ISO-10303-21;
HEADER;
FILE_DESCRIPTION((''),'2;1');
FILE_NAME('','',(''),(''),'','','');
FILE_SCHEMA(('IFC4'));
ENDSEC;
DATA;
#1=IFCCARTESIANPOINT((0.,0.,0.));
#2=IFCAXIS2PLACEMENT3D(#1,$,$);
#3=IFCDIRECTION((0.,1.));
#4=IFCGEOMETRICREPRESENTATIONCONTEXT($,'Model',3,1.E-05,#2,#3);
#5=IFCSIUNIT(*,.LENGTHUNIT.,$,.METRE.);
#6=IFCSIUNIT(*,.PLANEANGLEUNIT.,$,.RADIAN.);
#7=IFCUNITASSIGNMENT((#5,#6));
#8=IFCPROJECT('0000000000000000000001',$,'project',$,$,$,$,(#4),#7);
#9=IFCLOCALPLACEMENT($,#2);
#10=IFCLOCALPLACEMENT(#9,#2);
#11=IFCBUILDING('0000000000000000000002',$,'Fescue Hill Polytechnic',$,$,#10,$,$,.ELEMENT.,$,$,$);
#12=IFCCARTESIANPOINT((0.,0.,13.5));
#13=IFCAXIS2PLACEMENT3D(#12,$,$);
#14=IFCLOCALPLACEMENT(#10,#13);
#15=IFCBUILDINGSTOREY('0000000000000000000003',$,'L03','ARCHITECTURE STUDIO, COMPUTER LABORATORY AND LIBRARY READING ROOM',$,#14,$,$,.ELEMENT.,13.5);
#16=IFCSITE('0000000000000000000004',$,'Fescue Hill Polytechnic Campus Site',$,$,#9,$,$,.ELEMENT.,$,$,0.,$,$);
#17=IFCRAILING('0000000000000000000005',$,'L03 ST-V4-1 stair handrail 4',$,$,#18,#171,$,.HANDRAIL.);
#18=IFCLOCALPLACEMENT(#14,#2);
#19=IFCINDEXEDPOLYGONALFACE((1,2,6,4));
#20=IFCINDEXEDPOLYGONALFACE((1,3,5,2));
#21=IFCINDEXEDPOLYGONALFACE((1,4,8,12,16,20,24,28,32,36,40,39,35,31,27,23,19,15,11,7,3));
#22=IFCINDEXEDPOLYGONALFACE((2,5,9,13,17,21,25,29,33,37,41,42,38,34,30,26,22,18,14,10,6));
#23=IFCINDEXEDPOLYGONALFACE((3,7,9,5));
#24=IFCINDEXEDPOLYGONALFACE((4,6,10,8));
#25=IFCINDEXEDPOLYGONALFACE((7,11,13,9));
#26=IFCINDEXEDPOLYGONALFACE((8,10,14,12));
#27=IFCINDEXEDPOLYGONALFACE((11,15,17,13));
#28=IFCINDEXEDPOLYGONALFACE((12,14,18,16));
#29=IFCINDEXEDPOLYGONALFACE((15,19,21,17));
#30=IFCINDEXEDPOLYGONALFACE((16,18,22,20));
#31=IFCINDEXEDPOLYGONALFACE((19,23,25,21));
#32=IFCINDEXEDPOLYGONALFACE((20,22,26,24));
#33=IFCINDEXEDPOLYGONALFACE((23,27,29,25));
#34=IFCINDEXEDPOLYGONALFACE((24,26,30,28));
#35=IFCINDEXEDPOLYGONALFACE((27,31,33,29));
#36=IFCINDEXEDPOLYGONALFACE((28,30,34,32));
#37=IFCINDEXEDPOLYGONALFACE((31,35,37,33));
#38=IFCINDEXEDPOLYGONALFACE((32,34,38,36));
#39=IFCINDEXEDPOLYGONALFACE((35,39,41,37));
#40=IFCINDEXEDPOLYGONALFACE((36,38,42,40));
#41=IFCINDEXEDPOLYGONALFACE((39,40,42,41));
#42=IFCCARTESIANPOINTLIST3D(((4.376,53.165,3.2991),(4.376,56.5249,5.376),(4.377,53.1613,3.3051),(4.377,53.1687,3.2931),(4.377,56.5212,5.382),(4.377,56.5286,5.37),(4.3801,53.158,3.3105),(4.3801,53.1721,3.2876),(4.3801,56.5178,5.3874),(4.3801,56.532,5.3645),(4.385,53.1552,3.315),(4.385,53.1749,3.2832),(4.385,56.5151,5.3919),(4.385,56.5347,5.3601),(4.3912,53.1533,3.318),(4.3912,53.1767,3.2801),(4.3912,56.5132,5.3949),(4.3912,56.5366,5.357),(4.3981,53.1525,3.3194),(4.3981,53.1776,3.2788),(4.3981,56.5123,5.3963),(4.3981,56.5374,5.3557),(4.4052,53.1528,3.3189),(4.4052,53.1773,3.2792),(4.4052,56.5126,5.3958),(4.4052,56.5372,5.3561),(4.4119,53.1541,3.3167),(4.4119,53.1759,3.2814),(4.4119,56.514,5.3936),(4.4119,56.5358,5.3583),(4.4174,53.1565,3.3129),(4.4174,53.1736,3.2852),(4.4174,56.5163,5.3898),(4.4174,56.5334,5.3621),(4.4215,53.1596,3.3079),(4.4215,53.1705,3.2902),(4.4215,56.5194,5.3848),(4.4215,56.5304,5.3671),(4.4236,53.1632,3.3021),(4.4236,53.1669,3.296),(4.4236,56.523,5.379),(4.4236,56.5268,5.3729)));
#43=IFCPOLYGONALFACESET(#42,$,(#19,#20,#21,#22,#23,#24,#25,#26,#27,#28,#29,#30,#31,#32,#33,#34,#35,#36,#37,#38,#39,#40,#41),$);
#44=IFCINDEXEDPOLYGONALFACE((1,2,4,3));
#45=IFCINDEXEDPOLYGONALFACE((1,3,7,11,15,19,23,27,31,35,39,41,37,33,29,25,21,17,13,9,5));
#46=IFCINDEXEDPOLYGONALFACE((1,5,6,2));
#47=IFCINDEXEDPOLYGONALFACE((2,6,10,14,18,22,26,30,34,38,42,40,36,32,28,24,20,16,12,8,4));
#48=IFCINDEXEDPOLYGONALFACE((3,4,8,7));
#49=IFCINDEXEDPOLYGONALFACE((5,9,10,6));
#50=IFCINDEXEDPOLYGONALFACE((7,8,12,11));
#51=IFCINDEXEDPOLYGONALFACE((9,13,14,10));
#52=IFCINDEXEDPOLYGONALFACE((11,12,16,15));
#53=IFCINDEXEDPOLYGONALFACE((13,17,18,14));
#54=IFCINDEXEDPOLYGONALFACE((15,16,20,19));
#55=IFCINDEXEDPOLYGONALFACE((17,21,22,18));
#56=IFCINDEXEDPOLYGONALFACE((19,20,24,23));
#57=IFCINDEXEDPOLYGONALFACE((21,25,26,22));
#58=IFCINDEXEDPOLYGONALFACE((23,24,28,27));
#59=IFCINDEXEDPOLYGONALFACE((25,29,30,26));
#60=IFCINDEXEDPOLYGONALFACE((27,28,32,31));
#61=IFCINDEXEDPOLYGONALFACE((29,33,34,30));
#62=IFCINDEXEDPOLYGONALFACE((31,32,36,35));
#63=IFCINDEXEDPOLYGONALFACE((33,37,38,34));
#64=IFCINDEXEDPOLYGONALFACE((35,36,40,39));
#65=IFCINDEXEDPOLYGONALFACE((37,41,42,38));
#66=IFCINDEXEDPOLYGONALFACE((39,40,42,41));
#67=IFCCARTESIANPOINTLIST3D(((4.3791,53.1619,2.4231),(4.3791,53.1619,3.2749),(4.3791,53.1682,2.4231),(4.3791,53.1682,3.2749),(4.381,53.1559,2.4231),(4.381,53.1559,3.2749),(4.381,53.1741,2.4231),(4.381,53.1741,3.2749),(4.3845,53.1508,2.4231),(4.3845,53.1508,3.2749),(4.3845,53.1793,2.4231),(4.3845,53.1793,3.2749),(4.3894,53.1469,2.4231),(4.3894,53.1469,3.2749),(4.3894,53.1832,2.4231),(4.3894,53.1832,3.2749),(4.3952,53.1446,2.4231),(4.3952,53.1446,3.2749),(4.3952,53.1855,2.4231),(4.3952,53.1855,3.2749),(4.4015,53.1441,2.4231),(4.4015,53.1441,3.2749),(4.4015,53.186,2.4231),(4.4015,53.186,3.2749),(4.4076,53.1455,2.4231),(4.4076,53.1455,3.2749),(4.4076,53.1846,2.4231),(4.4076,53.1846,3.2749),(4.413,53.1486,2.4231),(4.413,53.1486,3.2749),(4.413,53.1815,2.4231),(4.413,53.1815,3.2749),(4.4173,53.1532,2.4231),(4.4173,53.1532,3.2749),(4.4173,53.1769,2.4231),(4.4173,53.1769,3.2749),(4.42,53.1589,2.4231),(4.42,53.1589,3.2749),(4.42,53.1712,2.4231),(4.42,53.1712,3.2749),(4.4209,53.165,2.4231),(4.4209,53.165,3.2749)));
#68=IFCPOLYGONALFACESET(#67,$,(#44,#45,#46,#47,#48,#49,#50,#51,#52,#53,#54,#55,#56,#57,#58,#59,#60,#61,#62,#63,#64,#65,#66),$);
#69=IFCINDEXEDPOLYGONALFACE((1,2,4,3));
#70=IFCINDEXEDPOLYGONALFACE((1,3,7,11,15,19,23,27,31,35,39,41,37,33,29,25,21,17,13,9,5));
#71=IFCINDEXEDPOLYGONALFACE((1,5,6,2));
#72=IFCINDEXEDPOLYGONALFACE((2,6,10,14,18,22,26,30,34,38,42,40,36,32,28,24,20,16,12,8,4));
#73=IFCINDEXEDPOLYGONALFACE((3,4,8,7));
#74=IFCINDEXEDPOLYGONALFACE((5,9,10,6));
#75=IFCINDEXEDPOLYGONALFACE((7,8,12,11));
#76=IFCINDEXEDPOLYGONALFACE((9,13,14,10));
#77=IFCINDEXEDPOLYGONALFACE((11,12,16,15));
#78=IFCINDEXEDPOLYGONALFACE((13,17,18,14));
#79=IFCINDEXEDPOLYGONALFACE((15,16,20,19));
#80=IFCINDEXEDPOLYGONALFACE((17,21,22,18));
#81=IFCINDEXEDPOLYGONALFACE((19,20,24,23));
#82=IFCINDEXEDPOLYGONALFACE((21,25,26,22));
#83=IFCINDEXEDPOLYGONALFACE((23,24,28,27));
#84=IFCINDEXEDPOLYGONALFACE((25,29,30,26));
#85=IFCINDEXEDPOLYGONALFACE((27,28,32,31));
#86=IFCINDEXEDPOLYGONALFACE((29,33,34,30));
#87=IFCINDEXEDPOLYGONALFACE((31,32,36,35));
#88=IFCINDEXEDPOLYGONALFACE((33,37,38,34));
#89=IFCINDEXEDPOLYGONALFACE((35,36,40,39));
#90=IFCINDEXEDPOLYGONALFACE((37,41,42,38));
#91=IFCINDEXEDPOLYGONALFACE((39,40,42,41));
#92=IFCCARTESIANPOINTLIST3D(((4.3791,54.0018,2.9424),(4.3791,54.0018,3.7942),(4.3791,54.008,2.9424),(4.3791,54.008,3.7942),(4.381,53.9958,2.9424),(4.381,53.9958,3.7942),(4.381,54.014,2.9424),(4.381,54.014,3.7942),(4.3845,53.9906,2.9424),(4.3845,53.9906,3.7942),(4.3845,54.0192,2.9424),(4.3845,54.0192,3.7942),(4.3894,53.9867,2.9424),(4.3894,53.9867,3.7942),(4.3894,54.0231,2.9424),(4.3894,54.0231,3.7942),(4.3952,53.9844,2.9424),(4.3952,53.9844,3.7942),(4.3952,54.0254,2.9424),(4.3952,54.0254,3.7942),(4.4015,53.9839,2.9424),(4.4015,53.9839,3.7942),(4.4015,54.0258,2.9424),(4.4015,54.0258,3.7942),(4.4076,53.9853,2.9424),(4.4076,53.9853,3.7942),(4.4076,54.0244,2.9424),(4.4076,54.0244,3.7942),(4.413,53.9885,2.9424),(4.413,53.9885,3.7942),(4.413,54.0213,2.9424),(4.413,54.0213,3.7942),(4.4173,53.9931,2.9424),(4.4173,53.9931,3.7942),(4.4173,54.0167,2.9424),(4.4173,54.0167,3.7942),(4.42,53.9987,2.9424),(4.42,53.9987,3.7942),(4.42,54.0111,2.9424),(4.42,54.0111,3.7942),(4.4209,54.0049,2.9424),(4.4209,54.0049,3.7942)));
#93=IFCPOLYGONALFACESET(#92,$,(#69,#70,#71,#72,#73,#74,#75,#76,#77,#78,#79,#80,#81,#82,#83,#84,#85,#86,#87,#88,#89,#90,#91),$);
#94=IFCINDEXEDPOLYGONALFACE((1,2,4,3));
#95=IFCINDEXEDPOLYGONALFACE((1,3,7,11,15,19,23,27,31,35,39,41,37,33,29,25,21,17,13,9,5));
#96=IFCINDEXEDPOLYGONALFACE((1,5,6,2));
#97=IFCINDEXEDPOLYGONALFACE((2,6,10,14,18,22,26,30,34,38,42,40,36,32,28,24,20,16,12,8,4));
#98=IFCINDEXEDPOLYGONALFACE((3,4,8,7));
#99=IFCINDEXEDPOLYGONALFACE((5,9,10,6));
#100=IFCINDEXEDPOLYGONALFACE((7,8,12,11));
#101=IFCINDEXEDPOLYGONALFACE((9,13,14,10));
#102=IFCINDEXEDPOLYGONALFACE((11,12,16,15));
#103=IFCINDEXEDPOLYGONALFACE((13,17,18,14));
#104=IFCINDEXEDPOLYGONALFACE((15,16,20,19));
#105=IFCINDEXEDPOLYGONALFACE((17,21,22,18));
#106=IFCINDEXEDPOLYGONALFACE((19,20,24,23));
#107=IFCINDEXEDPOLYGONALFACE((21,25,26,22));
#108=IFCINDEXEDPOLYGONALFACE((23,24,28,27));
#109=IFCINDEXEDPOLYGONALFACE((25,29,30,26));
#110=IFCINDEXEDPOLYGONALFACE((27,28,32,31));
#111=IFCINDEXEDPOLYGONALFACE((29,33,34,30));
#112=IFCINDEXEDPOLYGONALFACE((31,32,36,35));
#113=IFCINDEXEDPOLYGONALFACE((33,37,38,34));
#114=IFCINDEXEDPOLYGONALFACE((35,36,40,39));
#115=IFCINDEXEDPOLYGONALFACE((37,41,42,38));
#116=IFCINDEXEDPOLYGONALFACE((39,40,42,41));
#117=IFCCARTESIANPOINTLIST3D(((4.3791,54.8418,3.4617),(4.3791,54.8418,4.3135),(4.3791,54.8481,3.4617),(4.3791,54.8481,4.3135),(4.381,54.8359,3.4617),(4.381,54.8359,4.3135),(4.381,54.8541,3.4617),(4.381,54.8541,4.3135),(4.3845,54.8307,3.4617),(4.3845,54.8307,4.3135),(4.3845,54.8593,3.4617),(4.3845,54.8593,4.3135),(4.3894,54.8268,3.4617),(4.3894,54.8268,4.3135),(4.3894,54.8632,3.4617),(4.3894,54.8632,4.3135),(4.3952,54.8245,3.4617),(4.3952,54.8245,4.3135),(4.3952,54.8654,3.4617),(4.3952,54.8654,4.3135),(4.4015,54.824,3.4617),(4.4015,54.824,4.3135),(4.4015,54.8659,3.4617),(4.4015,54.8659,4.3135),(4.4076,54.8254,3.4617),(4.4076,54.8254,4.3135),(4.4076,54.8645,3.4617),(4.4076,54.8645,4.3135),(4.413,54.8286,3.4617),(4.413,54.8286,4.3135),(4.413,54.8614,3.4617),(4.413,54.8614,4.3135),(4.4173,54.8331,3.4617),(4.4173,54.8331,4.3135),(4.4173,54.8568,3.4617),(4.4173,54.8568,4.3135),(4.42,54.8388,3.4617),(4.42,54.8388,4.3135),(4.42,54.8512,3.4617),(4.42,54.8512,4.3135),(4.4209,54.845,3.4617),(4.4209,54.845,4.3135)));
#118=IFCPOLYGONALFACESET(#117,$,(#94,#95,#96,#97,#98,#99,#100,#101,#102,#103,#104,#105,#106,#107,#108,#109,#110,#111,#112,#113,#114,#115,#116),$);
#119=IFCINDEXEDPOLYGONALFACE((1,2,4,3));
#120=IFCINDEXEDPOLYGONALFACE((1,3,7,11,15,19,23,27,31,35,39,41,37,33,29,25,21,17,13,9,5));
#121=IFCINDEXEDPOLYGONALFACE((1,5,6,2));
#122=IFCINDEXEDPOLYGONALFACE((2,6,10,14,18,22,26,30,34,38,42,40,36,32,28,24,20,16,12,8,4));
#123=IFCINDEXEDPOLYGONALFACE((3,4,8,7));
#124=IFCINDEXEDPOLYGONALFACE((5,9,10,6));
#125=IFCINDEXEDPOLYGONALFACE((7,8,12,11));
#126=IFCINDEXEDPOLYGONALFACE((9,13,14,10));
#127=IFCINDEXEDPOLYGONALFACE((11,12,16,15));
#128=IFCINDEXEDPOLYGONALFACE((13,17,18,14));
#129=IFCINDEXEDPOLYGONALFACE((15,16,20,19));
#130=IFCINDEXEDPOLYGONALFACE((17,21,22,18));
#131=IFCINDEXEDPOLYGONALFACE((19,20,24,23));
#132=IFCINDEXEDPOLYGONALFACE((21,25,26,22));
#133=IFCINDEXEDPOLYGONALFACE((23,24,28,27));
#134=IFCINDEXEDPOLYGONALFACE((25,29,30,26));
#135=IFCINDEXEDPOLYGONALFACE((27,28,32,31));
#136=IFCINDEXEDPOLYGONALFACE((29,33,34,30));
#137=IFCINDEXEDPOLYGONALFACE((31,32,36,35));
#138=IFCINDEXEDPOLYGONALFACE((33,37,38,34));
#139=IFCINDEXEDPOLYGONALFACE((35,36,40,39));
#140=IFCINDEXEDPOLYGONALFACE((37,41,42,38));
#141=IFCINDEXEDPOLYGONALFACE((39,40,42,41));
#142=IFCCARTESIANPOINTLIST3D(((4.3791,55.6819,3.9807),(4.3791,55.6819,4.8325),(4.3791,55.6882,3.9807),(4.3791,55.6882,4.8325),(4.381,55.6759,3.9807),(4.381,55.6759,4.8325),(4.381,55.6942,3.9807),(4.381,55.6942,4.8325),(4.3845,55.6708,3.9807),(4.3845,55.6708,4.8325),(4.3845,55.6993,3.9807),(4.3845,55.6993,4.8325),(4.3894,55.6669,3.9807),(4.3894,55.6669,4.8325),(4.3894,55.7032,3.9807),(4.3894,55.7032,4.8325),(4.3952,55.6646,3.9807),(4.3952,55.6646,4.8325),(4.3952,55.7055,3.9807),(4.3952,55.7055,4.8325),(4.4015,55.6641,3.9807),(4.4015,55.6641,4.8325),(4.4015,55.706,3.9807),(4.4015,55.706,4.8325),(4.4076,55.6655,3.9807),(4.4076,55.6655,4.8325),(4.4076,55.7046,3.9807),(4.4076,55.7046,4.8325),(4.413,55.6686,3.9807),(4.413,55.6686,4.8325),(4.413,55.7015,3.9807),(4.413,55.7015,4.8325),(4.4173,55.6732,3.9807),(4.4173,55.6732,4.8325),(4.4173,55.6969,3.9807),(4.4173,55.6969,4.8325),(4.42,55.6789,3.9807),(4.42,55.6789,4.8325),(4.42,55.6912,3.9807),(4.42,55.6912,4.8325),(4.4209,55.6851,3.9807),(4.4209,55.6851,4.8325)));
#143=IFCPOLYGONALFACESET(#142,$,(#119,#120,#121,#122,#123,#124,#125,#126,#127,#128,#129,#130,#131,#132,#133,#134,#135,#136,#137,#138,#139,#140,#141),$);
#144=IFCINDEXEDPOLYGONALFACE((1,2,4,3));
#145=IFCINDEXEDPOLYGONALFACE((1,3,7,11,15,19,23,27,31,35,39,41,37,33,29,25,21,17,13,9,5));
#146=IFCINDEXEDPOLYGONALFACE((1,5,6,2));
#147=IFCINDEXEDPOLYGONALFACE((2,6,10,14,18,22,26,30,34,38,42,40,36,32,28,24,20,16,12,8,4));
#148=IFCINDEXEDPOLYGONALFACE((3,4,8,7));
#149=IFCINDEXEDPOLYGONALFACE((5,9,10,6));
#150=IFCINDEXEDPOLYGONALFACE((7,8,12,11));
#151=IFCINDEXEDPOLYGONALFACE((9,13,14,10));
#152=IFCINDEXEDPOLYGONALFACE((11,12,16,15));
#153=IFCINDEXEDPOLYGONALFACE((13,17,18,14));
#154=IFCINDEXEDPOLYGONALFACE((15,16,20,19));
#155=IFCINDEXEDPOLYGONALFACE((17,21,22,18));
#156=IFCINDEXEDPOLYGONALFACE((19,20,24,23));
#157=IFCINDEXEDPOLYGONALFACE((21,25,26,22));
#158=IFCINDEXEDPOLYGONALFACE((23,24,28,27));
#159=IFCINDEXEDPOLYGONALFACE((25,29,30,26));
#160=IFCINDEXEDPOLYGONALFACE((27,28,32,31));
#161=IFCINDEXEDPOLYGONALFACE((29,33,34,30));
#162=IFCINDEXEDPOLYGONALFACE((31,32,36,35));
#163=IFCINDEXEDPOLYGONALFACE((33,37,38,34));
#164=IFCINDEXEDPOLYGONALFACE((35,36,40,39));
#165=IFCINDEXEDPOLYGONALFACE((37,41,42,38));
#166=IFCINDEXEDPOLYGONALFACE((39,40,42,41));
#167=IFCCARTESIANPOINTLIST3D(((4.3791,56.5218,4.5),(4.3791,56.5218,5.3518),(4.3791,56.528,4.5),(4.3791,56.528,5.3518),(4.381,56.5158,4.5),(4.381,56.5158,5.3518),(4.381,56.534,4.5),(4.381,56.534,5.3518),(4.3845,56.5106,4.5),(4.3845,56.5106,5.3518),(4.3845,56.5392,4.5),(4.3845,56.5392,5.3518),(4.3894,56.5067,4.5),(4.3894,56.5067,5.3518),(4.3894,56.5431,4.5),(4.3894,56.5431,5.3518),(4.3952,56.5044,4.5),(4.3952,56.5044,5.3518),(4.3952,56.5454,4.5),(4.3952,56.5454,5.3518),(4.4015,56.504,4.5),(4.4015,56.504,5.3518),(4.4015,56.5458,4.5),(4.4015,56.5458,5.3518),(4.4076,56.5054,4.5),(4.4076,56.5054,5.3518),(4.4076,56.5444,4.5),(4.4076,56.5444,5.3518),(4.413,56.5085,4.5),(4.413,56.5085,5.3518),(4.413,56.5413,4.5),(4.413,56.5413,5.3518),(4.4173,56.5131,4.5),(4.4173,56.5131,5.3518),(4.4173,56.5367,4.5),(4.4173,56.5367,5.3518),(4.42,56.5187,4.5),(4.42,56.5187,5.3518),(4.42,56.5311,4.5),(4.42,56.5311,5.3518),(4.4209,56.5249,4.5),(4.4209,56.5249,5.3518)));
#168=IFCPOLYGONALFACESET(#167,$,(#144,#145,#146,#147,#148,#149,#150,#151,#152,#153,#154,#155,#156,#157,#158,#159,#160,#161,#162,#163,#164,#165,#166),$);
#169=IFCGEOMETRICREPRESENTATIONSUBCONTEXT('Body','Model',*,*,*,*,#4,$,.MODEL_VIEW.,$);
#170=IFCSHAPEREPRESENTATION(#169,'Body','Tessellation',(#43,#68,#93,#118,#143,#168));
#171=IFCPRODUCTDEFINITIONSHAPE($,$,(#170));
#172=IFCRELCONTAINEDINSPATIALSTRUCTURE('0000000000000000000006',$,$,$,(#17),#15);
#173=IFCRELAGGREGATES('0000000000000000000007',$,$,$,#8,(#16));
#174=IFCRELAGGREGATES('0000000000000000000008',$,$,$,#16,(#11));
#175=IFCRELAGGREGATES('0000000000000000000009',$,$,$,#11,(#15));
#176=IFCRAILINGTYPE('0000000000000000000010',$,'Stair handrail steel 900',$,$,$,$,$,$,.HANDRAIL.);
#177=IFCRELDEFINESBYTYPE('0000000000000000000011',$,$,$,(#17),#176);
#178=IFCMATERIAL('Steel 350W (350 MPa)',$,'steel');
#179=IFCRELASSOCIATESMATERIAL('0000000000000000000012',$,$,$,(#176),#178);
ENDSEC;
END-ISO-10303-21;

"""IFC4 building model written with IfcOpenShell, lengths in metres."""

from ifc_helpers import new_model, si_unit, direction, frame, origin, origin_2d, place, context, subcontext, project, spatial, circle, extrude, material, type_object, element, save


model = new_model("IFC4")

# Units and contexts
model_context = context("Model", 3, precision=1e-05, world=origin(), true_north=direction((0.0, 1.0)))
body_context = subcontext(model_context, "Body", "Model", "MODEL_VIEW")
ifc_project = project(units=[si_unit("LENGTHUNIT", "METRE"), si_unit("PLANEANGLEUNIT", "RADIAN")], contexts=[model_context])

# Site, building, storey
site_placement = place(None, origin())
site = spatial("IfcSite", under=ifc_project, at=site_placement, Name="Fescue Hill Polytechnic Campus Site", CompositionType="ELEMENT", RefElevation=0.0)
building_placement = place(site_placement, origin())
building = spatial("IfcBuilding", under=site, at=building_placement, Name="Fescue Hill Polytechnic", CompositionType="ELEMENT")
storey_placement = place(building_placement, frame((0.0, 0.0, 13.5)))
storey = spatial("IfcBuildingStorey", under=building, at=storey_placement, Name="L03", Description="ARCHITECTURE STUDIO, COMPUTER LABORATORY AND LIBRARY READING ROOM", CompositionType="ELEMENT", Elevation=13.5)

# Railing
ifc_material_1 = material(Name="Steel 350W (350 MPa)", Category="steel")
railing_type_1 = type_object("IfcRailingType", Name="Stair handrail steel 900", PredefinedType="HANDRAIL", material=ifc_material_1)
for number, where, name in (
    (1, (4.3999, 53.165, 2.4231), "L03 ST-V4-1 stair handrail 4"),
):
    element("IfcRailing", number, at=place(storey_placement, frame(where)), inside=storey, type_object=railing_type_1, Name=name, PredefinedType="HANDRAIL", context=body_context, shape_type="SweptSolid", body=[
        extrude(circle(Radius=0.0239, at=origin_2d()), frame((0.0, 0.0, 0.876), z_axis=(0.0, 0.850606, 0.525803), x_axis=(-1.0, 0.0, 0.0)), (0.0, 0.0, 1.0), 3.95),
        extrude(circle(Radius=0.021, at=origin_2d()), origin(), (0.0, 0.0, 1.0), 0.8518),
        extrude(circle(Radius=0.021, at=origin_2d()), frame((0.0, 0.8398, 0.5193)), (0.0, 0.0, 1.0), 0.8518),
        extrude(circle(Radius=0.021, at=origin_2d()), frame((0.0, 1.6799, 1.0386)), (0.0, 0.0, 1.0), 0.8518),
        extrude(circle(Radius=0.021, at=origin_2d()), frame((0.0, 2.52, 1.5576)), (0.0, 0.0, 1.0), 0.8518),
        extrude(circle(Radius=0.021, at=origin_2d()), frame((0.0, 3.3599, 2.0769)), (0.0, 0.0, 1.0), 0.8518),
    ])

save(model, "model.ifc")
